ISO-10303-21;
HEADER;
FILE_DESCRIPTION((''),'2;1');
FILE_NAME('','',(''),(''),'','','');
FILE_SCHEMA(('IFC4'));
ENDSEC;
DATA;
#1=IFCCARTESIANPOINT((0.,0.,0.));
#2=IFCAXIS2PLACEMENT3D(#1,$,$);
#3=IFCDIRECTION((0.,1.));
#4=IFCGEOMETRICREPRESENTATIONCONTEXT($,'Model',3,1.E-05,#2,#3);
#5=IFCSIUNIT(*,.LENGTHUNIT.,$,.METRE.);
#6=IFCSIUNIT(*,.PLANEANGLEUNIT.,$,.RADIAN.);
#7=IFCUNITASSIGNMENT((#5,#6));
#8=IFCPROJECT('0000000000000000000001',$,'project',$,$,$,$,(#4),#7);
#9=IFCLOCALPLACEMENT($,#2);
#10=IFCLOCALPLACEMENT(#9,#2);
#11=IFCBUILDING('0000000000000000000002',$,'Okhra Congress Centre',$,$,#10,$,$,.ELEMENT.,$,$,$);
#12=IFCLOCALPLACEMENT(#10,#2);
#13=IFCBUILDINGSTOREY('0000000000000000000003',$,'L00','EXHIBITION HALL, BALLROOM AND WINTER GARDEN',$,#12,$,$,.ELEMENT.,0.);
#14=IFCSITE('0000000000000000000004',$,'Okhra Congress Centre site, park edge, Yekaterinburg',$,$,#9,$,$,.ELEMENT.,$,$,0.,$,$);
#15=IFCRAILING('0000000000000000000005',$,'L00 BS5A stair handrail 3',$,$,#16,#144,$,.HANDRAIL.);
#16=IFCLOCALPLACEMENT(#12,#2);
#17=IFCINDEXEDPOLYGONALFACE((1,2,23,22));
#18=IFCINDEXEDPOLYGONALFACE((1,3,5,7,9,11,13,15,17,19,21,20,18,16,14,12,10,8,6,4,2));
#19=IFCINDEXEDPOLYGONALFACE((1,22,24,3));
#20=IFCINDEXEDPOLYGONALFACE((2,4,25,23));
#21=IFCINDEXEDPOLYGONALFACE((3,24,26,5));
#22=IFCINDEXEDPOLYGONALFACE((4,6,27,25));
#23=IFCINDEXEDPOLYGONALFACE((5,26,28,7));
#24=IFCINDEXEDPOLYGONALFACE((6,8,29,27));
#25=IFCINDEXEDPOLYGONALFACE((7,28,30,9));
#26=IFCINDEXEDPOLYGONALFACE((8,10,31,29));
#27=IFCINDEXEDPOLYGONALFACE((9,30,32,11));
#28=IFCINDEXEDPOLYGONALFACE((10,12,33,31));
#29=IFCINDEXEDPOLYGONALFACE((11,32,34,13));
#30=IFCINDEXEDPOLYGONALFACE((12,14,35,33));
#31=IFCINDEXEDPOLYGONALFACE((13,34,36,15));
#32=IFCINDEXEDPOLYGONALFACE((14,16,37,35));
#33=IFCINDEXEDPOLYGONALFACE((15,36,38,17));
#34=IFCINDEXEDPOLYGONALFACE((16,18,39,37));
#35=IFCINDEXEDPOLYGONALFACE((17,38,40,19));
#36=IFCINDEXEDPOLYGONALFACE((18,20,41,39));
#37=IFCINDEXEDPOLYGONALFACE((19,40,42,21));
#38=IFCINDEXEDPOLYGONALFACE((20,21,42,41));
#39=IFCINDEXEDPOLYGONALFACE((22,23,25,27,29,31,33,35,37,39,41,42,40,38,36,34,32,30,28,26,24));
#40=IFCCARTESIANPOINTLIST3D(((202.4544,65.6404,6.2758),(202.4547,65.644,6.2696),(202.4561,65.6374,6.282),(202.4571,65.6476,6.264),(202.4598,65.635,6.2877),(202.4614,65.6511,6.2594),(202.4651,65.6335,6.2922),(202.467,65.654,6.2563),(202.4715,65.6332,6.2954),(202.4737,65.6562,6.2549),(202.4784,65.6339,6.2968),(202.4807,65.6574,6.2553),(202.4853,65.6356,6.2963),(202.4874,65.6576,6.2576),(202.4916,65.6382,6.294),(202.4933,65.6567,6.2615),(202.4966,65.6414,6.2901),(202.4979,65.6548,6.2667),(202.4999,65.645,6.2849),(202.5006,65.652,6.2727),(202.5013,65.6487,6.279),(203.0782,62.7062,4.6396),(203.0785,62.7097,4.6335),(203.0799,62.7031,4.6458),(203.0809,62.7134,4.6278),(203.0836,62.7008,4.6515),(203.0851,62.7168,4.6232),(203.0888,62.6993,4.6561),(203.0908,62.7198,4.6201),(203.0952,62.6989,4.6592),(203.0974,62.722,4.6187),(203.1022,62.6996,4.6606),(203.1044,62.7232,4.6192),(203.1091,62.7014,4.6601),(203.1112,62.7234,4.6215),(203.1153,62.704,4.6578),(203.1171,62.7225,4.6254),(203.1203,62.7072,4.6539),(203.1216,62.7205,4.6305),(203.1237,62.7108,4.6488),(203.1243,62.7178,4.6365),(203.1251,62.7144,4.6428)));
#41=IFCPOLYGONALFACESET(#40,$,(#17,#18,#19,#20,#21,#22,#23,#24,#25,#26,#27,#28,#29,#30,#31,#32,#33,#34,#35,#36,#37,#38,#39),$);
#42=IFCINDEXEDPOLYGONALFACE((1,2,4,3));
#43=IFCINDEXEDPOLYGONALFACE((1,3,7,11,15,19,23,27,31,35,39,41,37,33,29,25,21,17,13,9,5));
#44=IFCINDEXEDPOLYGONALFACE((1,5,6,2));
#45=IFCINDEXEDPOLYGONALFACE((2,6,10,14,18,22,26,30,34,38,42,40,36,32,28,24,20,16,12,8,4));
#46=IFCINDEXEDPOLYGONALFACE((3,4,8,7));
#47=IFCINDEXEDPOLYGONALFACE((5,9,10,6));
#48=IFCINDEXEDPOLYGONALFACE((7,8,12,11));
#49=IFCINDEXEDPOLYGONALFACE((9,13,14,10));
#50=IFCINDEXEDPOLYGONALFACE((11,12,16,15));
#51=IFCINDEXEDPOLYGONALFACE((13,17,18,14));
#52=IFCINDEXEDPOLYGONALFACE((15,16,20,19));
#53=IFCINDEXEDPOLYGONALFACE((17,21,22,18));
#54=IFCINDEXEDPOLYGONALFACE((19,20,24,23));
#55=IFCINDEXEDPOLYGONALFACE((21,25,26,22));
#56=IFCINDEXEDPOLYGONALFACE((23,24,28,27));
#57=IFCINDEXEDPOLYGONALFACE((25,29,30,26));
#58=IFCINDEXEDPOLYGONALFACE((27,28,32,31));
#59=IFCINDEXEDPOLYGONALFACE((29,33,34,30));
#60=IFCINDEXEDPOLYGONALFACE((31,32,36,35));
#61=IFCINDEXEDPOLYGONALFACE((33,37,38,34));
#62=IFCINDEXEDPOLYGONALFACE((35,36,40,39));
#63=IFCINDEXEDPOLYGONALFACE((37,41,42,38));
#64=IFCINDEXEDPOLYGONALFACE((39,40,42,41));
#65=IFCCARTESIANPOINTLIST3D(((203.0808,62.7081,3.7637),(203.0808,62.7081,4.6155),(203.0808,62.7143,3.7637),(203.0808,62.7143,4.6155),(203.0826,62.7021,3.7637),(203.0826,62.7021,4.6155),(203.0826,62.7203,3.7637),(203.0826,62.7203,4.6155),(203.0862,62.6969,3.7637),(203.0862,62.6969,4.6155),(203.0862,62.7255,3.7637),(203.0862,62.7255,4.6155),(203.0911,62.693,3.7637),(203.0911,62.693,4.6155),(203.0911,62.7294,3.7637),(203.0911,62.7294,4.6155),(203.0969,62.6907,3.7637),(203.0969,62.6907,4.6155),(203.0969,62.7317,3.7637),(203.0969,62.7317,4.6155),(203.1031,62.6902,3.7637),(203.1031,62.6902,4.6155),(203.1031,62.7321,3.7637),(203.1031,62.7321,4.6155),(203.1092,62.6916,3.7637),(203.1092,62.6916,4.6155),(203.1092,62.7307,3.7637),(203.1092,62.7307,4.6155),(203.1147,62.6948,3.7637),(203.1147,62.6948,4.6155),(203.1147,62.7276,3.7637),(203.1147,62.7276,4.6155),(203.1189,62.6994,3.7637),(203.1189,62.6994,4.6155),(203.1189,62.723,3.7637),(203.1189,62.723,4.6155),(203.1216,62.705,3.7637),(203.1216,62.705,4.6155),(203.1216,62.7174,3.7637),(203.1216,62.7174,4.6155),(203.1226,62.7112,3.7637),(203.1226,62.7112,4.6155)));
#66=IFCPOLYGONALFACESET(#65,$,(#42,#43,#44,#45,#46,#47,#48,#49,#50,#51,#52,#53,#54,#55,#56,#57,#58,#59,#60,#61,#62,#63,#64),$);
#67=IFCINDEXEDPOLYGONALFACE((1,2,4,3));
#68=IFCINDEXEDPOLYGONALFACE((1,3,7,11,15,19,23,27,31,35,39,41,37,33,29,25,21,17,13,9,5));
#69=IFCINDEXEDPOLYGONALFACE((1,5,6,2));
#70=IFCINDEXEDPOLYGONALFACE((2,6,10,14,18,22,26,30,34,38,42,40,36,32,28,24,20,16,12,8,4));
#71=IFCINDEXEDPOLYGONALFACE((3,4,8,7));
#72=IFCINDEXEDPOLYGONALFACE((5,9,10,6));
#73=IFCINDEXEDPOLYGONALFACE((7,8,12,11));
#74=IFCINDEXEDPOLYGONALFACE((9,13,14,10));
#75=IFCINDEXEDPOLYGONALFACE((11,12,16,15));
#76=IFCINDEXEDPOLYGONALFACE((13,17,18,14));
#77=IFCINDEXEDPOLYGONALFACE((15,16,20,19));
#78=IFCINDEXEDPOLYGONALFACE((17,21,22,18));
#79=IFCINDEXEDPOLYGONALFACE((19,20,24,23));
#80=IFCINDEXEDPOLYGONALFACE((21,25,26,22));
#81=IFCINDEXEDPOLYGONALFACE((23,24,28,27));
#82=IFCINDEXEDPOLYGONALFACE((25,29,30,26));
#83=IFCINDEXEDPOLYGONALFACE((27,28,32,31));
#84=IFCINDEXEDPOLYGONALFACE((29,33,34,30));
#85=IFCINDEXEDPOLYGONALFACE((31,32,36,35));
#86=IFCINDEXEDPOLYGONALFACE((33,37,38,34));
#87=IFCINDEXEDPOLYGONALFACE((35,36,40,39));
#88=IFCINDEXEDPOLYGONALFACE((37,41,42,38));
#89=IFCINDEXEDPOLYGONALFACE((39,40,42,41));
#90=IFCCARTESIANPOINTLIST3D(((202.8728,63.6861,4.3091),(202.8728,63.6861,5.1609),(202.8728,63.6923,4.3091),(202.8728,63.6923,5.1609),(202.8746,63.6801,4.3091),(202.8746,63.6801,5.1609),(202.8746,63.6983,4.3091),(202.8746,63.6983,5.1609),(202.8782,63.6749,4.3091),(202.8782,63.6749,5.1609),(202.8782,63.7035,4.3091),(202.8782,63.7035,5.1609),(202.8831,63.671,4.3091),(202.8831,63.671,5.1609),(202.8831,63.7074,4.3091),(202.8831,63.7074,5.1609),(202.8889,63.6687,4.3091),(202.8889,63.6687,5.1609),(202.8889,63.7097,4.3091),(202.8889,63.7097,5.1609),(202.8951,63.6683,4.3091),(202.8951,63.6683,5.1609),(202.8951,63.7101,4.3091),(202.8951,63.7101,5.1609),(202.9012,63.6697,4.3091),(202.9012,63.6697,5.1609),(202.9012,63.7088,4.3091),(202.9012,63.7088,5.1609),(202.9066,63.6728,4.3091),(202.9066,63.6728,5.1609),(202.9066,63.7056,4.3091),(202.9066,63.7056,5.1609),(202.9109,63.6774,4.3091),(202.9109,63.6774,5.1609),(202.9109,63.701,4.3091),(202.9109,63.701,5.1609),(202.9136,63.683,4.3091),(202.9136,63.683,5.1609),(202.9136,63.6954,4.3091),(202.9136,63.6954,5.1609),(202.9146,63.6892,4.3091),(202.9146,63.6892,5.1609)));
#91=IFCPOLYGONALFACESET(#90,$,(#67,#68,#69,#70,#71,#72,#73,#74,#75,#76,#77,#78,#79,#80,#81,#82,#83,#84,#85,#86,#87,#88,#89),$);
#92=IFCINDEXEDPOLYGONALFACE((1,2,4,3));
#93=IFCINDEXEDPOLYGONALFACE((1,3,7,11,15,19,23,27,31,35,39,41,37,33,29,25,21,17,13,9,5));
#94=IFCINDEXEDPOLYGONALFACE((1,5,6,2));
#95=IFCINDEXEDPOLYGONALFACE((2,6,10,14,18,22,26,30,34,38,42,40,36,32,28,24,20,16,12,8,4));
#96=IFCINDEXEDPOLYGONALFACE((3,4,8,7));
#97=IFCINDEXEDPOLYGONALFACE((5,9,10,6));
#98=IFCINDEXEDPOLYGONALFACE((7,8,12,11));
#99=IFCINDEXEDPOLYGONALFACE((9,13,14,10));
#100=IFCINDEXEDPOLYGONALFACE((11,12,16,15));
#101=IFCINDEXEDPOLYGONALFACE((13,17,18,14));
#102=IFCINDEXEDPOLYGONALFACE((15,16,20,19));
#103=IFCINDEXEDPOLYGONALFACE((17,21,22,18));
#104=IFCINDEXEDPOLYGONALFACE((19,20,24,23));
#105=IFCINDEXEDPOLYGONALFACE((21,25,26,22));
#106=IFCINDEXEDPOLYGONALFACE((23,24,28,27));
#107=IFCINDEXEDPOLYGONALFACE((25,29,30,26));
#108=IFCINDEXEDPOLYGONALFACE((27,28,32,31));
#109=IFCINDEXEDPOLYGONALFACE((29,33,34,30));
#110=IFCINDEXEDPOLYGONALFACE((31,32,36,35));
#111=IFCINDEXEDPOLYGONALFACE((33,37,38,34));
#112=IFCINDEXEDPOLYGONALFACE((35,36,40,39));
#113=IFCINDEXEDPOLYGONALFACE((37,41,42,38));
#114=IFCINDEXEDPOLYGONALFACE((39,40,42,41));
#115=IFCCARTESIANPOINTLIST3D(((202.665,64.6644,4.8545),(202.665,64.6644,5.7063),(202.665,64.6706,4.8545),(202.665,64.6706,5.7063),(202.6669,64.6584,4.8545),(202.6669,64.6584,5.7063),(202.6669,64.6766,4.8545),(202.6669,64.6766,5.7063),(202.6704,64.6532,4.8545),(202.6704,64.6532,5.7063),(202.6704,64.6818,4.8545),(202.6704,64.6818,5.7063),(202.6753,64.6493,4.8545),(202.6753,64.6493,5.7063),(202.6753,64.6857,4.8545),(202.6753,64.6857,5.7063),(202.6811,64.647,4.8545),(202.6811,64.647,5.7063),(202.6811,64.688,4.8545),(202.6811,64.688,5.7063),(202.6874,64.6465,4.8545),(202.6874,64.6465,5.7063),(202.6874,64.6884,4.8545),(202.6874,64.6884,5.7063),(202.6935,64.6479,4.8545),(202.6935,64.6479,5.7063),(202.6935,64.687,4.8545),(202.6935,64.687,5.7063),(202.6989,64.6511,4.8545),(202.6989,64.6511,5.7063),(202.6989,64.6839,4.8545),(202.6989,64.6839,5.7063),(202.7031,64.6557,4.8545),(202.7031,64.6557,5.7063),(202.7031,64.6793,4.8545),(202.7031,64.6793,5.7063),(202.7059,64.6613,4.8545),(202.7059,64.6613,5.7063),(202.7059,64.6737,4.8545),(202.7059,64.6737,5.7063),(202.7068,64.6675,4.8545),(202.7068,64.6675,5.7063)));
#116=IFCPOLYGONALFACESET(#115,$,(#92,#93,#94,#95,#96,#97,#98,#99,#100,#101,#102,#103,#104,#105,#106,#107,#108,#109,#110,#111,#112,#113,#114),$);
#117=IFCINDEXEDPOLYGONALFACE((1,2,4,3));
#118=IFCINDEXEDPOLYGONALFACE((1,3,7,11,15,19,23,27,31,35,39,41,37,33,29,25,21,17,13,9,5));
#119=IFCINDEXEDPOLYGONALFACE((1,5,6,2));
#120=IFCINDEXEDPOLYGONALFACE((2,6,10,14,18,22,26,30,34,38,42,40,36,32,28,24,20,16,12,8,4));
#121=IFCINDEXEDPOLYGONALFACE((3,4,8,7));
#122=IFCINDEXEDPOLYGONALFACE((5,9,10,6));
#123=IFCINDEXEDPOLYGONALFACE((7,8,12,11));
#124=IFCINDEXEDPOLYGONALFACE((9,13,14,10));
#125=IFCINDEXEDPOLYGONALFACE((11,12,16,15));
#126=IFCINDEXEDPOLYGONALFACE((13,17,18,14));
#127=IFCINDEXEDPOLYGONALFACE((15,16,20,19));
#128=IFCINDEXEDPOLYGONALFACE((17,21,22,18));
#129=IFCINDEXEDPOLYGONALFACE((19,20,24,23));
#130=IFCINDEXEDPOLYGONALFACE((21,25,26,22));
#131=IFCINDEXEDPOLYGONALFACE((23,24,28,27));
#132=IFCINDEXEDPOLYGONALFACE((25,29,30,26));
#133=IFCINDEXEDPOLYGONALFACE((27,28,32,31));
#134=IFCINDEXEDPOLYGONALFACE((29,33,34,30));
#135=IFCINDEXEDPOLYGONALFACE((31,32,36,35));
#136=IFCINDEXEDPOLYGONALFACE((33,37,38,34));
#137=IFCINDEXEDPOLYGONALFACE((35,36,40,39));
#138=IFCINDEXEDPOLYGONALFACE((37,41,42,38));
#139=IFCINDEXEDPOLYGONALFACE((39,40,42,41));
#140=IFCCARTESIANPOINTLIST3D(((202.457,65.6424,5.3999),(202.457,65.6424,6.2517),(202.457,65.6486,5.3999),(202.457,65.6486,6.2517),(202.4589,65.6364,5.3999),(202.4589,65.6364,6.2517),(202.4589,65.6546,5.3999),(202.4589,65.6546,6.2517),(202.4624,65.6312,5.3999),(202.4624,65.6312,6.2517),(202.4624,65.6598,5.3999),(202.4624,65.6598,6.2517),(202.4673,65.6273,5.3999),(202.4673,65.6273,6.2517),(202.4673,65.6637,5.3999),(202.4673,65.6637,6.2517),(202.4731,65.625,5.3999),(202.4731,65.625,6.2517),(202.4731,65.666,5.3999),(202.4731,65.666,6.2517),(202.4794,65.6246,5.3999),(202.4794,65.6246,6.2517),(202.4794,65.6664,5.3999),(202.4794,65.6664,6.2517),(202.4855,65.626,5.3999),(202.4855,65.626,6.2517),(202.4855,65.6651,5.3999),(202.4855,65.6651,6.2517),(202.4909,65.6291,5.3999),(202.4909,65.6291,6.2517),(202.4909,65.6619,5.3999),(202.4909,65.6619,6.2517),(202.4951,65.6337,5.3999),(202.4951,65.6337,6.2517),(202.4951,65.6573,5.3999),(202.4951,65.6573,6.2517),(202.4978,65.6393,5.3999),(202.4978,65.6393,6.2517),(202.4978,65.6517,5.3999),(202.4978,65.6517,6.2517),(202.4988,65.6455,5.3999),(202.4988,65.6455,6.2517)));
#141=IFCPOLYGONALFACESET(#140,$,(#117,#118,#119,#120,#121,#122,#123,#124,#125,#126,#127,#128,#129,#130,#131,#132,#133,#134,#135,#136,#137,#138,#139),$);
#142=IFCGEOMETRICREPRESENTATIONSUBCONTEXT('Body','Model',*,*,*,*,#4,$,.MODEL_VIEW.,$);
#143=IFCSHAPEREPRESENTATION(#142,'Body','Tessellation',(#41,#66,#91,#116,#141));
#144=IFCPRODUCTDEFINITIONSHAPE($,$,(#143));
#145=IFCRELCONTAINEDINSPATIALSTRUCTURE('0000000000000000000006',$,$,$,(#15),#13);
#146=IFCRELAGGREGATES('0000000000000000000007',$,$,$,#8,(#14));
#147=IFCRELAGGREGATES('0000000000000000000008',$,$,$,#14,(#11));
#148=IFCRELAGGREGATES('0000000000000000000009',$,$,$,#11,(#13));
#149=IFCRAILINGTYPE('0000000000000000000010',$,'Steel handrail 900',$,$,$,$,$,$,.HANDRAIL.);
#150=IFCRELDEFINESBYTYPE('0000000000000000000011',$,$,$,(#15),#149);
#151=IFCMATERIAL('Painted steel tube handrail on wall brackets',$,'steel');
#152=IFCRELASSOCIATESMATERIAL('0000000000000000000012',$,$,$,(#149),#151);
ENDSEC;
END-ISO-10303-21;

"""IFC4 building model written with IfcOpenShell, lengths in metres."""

from ifc_helpers import new_model, si_unit, direction, frame, origin, origin_2d, place, context, subcontext, project, spatial, circle, extrude, material, type_object, element, save


model = new_model("IFC4")

# Units and contexts
model_context = context("Model", 3, precision=1e-05, world=origin(), true_north=direction((0.0, 1.0)))
body_context = subcontext(model_context, "Body", "Model", "MODEL_VIEW")
ifc_project = project(units=[si_unit("LENGTHUNIT", "METRE"), si_unit("PLANEANGLEUNIT", "RADIAN")], contexts=[model_context])

# Site, building, storey
site_placement = place(None, origin())
site = spatial("IfcSite", under=ifc_project, at=site_placement, Name="Okhra Congress Centre site, park edge, Yekaterinburg", CompositionType="ELEMENT", RefElevation=0.0)
building_placement = place(site_placement, origin())
building = spatial("IfcBuilding", under=site, at=building_placement, Name="Okhra Congress Centre", CompositionType="ELEMENT")
storey_placement = place(building_placement, origin())
storey = spatial("IfcBuildingStorey", under=building, at=storey_placement, Name="L00", Description="EXHIBITION HALL, BALLROOM AND WINTER GARDEN", CompositionType="ELEMENT", Elevation=0.0)

# Railing
ifc_material_1 = material(Name="Painted steel tube handrail on wall brackets", Category="steel")
railing_type_1 = type_object("IfcRailingType", Name="Steel handrail 900", PredefinedType="HANDRAIL", material=ifc_material_1)
railing_1_placement = place(storey_placement, frame((203.1016, 62.7112, 3.7637)))
element("IfcRailing", 1, at=railing_1_placement, inside=storey, type_object=railing_type_1, Name="L00 BS5A stair handrail 3", PredefinedType="HANDRAIL", context=body_context, shape_type="SweptSolid", body=[
    extrude(circle(Radius=0.0239, at=origin_2d()), frame((0.0, 0.0, 0.876), z_axis=(-0.182546, 0.858716, 0.478835), x_axis=(-0.978143, -0.207934, 0.0)), (0.0, 0.0, 1.0), 3.417),
    extrude(circle(Radius=0.021, at=origin_2d()), origin(), (0.0, 0.0, 1.0), 0.8518),
    extrude(circle(Radius=0.021, at=origin_2d()), frame((-0.208, 0.978, 0.5454)), (0.0, 0.0, 1.0), 0.8518),
    extrude(circle(Radius=0.021, at=origin_2d()), frame((-0.4158, 1.9563, 1.0908)), (0.0, 0.0, 1.0), 0.8518),
    extrude(circle(Radius=0.021, at=origin_2d()), frame((-0.6238, 2.9343, 1.6362)), (0.0, 0.0, 1.0), 0.8518),
])

save(model, "model.ifc")
